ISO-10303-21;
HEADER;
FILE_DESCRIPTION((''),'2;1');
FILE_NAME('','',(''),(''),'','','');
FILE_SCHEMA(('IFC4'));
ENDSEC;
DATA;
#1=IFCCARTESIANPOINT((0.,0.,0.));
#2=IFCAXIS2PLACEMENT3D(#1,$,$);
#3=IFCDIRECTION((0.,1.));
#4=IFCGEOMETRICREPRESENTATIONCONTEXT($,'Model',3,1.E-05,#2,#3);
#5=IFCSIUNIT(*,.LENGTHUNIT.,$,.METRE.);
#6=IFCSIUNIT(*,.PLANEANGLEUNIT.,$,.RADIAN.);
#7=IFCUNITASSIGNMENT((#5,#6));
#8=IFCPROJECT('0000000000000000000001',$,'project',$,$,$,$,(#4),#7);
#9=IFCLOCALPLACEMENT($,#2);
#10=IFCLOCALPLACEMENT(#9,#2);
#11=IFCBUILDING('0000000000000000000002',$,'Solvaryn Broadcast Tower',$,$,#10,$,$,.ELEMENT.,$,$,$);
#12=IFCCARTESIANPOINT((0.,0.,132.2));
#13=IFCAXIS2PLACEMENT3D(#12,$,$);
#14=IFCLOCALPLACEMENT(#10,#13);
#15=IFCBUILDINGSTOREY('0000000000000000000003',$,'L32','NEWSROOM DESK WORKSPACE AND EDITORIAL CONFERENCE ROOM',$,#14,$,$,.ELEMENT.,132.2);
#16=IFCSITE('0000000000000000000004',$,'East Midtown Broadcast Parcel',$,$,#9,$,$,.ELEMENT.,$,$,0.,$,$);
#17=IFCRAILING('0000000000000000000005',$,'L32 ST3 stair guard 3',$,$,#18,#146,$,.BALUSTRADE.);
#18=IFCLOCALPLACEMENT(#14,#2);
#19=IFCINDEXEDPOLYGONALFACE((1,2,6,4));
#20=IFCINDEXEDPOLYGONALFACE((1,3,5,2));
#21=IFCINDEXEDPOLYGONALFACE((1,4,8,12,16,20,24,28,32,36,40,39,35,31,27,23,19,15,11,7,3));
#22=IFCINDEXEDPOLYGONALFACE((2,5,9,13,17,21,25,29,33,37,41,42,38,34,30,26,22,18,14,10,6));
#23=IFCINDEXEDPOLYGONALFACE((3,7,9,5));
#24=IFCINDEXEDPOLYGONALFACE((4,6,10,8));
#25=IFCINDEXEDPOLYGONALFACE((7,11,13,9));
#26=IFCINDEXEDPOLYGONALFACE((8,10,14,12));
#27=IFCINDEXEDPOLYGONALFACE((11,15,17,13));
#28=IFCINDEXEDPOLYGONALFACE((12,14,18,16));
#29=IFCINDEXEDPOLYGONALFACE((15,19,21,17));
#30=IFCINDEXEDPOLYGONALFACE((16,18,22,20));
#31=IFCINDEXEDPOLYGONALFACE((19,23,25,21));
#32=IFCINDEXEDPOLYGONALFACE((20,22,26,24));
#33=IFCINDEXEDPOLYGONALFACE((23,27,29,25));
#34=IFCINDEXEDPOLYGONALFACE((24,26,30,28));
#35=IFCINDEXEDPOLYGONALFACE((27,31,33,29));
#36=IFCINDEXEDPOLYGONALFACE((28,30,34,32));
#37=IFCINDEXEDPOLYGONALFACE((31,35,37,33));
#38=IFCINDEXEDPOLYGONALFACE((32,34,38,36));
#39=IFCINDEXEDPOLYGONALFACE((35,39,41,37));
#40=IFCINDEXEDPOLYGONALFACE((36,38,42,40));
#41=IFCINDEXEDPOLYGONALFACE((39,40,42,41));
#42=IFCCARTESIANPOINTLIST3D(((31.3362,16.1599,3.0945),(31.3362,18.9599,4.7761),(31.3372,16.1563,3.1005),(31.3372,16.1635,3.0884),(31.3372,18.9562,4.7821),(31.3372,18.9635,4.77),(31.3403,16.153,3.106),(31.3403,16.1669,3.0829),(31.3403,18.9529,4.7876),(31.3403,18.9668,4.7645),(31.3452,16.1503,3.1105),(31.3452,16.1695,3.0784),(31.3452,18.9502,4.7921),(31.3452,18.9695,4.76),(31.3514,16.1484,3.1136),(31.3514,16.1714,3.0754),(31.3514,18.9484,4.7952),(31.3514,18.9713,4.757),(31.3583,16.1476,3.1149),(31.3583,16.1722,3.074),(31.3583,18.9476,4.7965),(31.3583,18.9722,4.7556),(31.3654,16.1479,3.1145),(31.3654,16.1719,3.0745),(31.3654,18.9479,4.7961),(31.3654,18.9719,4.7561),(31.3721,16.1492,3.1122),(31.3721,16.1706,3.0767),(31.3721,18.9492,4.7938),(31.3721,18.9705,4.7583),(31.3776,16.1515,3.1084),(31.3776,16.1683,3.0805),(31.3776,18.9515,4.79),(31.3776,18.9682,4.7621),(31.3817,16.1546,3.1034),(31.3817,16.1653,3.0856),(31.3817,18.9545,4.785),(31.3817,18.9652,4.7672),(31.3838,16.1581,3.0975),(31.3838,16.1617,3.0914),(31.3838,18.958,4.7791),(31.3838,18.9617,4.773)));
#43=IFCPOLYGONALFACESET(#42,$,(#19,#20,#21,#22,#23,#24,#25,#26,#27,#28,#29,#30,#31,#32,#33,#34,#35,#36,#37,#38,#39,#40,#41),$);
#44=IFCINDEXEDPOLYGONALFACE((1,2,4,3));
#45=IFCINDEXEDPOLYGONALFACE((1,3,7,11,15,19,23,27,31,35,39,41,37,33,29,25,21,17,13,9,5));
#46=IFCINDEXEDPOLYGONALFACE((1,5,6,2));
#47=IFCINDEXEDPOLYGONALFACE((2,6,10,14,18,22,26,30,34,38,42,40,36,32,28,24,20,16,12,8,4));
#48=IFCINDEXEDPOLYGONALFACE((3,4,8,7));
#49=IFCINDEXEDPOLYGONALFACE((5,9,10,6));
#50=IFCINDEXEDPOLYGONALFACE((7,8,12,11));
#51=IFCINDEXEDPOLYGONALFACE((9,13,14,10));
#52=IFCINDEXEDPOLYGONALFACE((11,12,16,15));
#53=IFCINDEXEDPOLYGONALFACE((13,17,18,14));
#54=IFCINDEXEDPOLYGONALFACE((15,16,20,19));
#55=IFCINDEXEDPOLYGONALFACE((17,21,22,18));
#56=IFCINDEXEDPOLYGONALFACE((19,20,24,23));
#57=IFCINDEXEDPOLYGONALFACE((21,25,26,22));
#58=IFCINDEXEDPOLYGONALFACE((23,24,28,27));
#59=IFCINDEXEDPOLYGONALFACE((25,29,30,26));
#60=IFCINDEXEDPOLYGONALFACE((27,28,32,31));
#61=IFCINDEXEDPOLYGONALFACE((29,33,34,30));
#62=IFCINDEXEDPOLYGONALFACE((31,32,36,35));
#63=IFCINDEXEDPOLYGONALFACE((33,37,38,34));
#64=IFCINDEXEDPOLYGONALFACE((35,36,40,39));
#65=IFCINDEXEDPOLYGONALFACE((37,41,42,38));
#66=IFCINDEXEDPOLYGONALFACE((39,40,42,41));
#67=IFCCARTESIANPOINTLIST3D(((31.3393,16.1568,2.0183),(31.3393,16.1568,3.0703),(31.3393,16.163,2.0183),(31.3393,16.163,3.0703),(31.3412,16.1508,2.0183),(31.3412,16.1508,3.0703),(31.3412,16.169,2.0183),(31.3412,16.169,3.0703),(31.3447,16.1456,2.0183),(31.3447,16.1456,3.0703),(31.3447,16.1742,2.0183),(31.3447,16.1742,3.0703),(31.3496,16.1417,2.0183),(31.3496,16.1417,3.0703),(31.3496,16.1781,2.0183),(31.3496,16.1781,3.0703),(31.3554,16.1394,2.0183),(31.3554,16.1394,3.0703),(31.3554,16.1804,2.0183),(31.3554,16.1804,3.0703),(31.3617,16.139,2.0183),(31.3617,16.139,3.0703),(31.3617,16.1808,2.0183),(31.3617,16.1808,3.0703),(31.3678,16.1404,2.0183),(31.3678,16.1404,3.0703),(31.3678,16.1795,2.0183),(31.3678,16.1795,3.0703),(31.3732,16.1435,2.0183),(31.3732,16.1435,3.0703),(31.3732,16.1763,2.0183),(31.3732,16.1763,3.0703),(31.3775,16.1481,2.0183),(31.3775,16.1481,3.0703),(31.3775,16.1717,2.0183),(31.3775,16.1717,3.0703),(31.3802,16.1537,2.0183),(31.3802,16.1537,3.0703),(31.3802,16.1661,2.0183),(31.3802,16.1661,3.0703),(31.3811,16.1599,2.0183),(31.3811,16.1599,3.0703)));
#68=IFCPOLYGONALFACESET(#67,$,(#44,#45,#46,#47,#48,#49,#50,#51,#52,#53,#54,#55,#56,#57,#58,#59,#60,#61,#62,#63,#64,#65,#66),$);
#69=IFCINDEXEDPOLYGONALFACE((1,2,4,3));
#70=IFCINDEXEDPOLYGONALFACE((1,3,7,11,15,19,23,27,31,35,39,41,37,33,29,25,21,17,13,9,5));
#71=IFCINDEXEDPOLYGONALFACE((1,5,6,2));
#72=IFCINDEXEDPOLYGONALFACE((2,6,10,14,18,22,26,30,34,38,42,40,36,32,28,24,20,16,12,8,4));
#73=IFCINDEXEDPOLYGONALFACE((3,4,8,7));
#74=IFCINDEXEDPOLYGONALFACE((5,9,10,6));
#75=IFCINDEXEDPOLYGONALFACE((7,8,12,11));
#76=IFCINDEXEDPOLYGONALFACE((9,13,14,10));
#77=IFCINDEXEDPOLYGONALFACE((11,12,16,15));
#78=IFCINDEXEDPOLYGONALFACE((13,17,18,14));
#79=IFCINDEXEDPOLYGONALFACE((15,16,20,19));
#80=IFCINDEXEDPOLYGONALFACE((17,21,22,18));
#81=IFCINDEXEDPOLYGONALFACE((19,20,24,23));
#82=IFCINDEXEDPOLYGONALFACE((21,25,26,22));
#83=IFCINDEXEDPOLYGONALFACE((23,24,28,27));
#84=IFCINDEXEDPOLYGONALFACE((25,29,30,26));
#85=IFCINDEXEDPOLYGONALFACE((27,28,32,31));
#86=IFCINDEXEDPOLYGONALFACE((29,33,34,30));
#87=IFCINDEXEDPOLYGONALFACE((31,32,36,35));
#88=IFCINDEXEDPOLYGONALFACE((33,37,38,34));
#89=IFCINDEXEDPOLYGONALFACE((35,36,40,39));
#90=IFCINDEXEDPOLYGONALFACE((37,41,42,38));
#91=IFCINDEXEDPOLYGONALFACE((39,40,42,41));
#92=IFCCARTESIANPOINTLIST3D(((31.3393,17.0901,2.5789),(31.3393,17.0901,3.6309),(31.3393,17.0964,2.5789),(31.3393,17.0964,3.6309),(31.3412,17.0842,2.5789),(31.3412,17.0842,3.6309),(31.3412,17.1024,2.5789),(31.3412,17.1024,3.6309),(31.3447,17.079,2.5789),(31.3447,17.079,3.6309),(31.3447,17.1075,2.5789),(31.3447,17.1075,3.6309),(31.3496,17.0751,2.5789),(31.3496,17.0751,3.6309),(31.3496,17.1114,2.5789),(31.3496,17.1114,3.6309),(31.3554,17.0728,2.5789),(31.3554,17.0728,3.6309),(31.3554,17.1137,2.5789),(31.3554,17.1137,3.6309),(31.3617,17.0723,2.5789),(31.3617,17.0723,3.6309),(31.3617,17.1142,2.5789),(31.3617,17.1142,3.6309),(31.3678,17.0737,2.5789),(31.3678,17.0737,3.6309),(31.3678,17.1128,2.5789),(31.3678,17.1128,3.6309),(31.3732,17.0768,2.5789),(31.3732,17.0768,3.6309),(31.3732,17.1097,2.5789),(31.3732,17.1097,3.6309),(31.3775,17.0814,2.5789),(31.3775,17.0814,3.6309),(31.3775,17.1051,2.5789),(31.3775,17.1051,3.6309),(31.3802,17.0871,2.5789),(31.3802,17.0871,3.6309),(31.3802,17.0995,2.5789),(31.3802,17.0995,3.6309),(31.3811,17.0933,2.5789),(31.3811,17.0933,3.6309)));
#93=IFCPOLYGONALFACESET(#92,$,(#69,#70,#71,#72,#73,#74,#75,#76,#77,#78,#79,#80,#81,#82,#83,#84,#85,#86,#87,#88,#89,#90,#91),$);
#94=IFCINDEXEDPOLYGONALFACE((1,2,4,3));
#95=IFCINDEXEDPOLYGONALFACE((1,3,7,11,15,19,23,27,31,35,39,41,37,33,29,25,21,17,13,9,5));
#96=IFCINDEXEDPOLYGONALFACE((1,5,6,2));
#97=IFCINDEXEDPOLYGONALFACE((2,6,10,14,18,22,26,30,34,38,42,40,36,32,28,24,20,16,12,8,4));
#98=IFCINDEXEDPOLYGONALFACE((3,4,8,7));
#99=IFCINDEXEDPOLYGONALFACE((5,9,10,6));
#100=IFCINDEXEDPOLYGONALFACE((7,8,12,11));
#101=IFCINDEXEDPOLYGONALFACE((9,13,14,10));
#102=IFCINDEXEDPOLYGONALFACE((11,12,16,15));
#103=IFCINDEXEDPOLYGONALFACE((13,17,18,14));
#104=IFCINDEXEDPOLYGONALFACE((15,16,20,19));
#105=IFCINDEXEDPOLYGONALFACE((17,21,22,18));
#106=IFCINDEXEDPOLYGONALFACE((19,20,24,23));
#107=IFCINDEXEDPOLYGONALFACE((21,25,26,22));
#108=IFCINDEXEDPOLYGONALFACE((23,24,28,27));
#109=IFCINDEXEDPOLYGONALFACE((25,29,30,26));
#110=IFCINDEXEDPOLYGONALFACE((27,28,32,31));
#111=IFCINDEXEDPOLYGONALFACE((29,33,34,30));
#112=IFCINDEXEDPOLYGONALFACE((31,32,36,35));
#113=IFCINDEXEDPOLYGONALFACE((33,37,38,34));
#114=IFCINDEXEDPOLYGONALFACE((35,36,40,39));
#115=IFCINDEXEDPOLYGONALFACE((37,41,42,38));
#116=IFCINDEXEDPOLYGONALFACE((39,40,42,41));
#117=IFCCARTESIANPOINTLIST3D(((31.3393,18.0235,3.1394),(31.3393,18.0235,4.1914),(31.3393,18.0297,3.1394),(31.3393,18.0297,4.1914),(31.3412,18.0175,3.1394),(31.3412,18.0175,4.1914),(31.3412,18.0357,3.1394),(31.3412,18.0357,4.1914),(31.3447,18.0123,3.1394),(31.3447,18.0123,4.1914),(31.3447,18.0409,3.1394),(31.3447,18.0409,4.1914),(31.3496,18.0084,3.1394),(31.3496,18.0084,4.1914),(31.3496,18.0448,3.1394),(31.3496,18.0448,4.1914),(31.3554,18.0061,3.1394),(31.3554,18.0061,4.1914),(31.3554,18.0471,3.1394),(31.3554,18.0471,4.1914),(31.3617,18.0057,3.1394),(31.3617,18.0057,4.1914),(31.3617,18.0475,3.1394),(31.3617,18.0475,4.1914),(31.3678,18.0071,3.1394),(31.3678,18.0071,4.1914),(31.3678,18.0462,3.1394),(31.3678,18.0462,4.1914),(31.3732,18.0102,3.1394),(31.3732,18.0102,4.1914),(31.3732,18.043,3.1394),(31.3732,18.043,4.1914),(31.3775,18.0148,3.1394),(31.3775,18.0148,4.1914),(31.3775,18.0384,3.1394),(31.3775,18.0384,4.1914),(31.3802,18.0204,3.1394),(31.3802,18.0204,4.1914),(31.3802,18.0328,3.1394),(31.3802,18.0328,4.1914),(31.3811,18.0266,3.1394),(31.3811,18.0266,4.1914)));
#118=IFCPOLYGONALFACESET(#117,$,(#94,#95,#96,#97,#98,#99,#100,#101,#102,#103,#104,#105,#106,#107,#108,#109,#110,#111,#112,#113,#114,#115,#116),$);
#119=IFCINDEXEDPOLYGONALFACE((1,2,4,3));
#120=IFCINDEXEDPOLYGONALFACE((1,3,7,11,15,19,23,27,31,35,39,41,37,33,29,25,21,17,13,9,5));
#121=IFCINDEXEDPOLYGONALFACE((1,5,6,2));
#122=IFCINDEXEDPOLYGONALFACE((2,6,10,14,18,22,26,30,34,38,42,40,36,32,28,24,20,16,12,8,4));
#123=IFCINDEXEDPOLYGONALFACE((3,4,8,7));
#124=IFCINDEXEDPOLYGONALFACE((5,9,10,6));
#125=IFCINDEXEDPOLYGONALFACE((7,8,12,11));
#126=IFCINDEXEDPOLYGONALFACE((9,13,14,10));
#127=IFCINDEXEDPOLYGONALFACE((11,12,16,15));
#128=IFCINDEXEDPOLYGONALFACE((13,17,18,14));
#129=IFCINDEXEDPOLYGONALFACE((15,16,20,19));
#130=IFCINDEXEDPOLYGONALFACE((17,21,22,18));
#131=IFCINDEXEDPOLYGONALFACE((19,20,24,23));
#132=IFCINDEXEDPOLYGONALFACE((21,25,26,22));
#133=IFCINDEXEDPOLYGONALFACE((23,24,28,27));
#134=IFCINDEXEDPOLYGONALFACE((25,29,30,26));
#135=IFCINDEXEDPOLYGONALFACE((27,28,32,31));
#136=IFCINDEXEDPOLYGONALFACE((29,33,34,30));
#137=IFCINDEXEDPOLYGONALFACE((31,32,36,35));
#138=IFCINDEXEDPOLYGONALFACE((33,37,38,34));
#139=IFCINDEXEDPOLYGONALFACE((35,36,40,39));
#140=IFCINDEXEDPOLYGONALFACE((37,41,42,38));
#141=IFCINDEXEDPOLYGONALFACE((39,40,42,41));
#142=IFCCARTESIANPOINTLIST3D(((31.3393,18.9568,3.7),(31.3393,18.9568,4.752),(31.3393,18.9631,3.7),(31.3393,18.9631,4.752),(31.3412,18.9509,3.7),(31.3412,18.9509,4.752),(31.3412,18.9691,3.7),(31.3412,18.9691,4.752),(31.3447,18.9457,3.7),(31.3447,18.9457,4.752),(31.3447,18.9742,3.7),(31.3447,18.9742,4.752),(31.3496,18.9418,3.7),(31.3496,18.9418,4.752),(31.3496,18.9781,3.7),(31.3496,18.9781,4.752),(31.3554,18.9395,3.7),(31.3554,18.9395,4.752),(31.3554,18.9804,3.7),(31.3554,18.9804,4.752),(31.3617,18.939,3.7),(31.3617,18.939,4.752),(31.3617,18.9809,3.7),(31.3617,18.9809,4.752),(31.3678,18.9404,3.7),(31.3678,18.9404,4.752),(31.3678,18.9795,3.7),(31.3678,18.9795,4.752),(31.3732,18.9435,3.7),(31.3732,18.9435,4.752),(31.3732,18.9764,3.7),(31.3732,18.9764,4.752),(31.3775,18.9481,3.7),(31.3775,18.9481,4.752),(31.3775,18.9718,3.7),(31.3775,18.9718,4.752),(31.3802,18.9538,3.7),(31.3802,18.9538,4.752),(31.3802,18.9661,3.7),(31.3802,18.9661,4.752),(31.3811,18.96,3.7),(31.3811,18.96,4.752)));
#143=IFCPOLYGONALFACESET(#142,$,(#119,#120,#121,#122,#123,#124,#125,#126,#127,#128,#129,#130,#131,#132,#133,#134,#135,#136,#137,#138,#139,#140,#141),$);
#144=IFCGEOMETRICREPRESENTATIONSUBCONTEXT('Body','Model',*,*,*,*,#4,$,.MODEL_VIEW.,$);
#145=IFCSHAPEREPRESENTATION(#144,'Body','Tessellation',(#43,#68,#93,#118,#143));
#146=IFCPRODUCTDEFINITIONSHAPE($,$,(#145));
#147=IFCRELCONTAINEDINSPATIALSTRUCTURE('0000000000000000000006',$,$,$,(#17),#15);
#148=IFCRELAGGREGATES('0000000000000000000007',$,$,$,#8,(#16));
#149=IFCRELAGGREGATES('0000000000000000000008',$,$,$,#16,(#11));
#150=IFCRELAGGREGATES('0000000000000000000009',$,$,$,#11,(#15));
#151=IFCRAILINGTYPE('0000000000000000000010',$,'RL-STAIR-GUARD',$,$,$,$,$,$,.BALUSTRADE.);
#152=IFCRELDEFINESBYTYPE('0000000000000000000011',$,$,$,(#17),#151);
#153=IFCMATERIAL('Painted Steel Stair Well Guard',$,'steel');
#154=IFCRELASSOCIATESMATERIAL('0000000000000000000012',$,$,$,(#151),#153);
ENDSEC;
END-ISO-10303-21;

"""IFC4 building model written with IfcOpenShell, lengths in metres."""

from ifc_helpers import new_model, si_unit, direction, frame, origin, origin_2d, place, context, subcontext, project, spatial, circle, extrude, material, type_object, element, save


model = new_model("IFC4")

# Units and contexts
model_context = context("Model", 3, precision=1e-05, world=origin(), true_north=direction((0.0, 1.0)))
body_context = subcontext(model_context, "Body", "Model", "MODEL_VIEW")
ifc_project = project(units=[si_unit("LENGTHUNIT", "METRE"), si_unit("PLANEANGLEUNIT", "RADIAN")], contexts=[model_context])

# Site, building, storey
site_placement = place(None, origin())
site = spatial("IfcSite", under=ifc_project, at=site_placement, Name="East Midtown Broadcast Parcel", CompositionType="ELEMENT", RefElevation=0.0)
building_placement = place(site_placement, origin())
building = spatial("IfcBuilding", under=site, at=building_placement, Name="Solvaryn Broadcast Tower", CompositionType="ELEMENT")
storey_placement = place(building_placement, frame((0.0, 0.0, 132.2)))
storey = spatial("IfcBuildingStorey", under=building, at=storey_placement, Name="L32", Description="NEWSROOM DESK WORKSPACE AND EDITORIAL CONFERENCE ROOM", CompositionType="ELEMENT", Elevation=132.2)

# Railing
ifc_material_1 = material(Name="Painted Steel Stair Well Guard", Category="steel")
railing_type_1 = type_object("IfcRailingType", Name="RL-STAIR-GUARD", PredefinedType="BALUSTRADE", material=ifc_material_1)
railing_1_placement = place(storey_placement, frame((31.3601, 16.1599, 2.0183)))
element("IfcRailing", 1, at=railing_1_placement, inside=storey, type_object=railing_type_1, Name="L32 ST3 stair guard 3", PredefinedType="BALUSTRADE", context=body_context, shape_type="SweptSolid", body=[
    extrude(circle(Radius=0.0239, at=origin_2d()), frame((0.0, 0.0, 1.0762), z_axis=(0.0, 0.857275, 0.514858), x_axis=(-1.0, 0.0, 0.0)), (0.0, 0.0, 1.0), 3.2661),
    extrude(circle(Radius=0.021, at=origin_2d()), origin(), (0.0, 0.0, 1.0), 1.052),
    extrude(circle(Radius=0.021, at=origin_2d()), frame((0.0, 0.9333, 0.5605)), (0.0, 0.0, 1.0), 1.052),
    extrude(circle(Radius=0.021, at=origin_2d()), frame((0.0, 1.8667, 1.1211)), (0.0, 0.0, 1.0), 1.052),
    extrude(circle(Radius=0.021, at=origin_2d()), frame((0.0, 2.8, 1.6816)), (0.0, 0.0, 1.0), 1.052),
])

save(model, "model.ifc")
